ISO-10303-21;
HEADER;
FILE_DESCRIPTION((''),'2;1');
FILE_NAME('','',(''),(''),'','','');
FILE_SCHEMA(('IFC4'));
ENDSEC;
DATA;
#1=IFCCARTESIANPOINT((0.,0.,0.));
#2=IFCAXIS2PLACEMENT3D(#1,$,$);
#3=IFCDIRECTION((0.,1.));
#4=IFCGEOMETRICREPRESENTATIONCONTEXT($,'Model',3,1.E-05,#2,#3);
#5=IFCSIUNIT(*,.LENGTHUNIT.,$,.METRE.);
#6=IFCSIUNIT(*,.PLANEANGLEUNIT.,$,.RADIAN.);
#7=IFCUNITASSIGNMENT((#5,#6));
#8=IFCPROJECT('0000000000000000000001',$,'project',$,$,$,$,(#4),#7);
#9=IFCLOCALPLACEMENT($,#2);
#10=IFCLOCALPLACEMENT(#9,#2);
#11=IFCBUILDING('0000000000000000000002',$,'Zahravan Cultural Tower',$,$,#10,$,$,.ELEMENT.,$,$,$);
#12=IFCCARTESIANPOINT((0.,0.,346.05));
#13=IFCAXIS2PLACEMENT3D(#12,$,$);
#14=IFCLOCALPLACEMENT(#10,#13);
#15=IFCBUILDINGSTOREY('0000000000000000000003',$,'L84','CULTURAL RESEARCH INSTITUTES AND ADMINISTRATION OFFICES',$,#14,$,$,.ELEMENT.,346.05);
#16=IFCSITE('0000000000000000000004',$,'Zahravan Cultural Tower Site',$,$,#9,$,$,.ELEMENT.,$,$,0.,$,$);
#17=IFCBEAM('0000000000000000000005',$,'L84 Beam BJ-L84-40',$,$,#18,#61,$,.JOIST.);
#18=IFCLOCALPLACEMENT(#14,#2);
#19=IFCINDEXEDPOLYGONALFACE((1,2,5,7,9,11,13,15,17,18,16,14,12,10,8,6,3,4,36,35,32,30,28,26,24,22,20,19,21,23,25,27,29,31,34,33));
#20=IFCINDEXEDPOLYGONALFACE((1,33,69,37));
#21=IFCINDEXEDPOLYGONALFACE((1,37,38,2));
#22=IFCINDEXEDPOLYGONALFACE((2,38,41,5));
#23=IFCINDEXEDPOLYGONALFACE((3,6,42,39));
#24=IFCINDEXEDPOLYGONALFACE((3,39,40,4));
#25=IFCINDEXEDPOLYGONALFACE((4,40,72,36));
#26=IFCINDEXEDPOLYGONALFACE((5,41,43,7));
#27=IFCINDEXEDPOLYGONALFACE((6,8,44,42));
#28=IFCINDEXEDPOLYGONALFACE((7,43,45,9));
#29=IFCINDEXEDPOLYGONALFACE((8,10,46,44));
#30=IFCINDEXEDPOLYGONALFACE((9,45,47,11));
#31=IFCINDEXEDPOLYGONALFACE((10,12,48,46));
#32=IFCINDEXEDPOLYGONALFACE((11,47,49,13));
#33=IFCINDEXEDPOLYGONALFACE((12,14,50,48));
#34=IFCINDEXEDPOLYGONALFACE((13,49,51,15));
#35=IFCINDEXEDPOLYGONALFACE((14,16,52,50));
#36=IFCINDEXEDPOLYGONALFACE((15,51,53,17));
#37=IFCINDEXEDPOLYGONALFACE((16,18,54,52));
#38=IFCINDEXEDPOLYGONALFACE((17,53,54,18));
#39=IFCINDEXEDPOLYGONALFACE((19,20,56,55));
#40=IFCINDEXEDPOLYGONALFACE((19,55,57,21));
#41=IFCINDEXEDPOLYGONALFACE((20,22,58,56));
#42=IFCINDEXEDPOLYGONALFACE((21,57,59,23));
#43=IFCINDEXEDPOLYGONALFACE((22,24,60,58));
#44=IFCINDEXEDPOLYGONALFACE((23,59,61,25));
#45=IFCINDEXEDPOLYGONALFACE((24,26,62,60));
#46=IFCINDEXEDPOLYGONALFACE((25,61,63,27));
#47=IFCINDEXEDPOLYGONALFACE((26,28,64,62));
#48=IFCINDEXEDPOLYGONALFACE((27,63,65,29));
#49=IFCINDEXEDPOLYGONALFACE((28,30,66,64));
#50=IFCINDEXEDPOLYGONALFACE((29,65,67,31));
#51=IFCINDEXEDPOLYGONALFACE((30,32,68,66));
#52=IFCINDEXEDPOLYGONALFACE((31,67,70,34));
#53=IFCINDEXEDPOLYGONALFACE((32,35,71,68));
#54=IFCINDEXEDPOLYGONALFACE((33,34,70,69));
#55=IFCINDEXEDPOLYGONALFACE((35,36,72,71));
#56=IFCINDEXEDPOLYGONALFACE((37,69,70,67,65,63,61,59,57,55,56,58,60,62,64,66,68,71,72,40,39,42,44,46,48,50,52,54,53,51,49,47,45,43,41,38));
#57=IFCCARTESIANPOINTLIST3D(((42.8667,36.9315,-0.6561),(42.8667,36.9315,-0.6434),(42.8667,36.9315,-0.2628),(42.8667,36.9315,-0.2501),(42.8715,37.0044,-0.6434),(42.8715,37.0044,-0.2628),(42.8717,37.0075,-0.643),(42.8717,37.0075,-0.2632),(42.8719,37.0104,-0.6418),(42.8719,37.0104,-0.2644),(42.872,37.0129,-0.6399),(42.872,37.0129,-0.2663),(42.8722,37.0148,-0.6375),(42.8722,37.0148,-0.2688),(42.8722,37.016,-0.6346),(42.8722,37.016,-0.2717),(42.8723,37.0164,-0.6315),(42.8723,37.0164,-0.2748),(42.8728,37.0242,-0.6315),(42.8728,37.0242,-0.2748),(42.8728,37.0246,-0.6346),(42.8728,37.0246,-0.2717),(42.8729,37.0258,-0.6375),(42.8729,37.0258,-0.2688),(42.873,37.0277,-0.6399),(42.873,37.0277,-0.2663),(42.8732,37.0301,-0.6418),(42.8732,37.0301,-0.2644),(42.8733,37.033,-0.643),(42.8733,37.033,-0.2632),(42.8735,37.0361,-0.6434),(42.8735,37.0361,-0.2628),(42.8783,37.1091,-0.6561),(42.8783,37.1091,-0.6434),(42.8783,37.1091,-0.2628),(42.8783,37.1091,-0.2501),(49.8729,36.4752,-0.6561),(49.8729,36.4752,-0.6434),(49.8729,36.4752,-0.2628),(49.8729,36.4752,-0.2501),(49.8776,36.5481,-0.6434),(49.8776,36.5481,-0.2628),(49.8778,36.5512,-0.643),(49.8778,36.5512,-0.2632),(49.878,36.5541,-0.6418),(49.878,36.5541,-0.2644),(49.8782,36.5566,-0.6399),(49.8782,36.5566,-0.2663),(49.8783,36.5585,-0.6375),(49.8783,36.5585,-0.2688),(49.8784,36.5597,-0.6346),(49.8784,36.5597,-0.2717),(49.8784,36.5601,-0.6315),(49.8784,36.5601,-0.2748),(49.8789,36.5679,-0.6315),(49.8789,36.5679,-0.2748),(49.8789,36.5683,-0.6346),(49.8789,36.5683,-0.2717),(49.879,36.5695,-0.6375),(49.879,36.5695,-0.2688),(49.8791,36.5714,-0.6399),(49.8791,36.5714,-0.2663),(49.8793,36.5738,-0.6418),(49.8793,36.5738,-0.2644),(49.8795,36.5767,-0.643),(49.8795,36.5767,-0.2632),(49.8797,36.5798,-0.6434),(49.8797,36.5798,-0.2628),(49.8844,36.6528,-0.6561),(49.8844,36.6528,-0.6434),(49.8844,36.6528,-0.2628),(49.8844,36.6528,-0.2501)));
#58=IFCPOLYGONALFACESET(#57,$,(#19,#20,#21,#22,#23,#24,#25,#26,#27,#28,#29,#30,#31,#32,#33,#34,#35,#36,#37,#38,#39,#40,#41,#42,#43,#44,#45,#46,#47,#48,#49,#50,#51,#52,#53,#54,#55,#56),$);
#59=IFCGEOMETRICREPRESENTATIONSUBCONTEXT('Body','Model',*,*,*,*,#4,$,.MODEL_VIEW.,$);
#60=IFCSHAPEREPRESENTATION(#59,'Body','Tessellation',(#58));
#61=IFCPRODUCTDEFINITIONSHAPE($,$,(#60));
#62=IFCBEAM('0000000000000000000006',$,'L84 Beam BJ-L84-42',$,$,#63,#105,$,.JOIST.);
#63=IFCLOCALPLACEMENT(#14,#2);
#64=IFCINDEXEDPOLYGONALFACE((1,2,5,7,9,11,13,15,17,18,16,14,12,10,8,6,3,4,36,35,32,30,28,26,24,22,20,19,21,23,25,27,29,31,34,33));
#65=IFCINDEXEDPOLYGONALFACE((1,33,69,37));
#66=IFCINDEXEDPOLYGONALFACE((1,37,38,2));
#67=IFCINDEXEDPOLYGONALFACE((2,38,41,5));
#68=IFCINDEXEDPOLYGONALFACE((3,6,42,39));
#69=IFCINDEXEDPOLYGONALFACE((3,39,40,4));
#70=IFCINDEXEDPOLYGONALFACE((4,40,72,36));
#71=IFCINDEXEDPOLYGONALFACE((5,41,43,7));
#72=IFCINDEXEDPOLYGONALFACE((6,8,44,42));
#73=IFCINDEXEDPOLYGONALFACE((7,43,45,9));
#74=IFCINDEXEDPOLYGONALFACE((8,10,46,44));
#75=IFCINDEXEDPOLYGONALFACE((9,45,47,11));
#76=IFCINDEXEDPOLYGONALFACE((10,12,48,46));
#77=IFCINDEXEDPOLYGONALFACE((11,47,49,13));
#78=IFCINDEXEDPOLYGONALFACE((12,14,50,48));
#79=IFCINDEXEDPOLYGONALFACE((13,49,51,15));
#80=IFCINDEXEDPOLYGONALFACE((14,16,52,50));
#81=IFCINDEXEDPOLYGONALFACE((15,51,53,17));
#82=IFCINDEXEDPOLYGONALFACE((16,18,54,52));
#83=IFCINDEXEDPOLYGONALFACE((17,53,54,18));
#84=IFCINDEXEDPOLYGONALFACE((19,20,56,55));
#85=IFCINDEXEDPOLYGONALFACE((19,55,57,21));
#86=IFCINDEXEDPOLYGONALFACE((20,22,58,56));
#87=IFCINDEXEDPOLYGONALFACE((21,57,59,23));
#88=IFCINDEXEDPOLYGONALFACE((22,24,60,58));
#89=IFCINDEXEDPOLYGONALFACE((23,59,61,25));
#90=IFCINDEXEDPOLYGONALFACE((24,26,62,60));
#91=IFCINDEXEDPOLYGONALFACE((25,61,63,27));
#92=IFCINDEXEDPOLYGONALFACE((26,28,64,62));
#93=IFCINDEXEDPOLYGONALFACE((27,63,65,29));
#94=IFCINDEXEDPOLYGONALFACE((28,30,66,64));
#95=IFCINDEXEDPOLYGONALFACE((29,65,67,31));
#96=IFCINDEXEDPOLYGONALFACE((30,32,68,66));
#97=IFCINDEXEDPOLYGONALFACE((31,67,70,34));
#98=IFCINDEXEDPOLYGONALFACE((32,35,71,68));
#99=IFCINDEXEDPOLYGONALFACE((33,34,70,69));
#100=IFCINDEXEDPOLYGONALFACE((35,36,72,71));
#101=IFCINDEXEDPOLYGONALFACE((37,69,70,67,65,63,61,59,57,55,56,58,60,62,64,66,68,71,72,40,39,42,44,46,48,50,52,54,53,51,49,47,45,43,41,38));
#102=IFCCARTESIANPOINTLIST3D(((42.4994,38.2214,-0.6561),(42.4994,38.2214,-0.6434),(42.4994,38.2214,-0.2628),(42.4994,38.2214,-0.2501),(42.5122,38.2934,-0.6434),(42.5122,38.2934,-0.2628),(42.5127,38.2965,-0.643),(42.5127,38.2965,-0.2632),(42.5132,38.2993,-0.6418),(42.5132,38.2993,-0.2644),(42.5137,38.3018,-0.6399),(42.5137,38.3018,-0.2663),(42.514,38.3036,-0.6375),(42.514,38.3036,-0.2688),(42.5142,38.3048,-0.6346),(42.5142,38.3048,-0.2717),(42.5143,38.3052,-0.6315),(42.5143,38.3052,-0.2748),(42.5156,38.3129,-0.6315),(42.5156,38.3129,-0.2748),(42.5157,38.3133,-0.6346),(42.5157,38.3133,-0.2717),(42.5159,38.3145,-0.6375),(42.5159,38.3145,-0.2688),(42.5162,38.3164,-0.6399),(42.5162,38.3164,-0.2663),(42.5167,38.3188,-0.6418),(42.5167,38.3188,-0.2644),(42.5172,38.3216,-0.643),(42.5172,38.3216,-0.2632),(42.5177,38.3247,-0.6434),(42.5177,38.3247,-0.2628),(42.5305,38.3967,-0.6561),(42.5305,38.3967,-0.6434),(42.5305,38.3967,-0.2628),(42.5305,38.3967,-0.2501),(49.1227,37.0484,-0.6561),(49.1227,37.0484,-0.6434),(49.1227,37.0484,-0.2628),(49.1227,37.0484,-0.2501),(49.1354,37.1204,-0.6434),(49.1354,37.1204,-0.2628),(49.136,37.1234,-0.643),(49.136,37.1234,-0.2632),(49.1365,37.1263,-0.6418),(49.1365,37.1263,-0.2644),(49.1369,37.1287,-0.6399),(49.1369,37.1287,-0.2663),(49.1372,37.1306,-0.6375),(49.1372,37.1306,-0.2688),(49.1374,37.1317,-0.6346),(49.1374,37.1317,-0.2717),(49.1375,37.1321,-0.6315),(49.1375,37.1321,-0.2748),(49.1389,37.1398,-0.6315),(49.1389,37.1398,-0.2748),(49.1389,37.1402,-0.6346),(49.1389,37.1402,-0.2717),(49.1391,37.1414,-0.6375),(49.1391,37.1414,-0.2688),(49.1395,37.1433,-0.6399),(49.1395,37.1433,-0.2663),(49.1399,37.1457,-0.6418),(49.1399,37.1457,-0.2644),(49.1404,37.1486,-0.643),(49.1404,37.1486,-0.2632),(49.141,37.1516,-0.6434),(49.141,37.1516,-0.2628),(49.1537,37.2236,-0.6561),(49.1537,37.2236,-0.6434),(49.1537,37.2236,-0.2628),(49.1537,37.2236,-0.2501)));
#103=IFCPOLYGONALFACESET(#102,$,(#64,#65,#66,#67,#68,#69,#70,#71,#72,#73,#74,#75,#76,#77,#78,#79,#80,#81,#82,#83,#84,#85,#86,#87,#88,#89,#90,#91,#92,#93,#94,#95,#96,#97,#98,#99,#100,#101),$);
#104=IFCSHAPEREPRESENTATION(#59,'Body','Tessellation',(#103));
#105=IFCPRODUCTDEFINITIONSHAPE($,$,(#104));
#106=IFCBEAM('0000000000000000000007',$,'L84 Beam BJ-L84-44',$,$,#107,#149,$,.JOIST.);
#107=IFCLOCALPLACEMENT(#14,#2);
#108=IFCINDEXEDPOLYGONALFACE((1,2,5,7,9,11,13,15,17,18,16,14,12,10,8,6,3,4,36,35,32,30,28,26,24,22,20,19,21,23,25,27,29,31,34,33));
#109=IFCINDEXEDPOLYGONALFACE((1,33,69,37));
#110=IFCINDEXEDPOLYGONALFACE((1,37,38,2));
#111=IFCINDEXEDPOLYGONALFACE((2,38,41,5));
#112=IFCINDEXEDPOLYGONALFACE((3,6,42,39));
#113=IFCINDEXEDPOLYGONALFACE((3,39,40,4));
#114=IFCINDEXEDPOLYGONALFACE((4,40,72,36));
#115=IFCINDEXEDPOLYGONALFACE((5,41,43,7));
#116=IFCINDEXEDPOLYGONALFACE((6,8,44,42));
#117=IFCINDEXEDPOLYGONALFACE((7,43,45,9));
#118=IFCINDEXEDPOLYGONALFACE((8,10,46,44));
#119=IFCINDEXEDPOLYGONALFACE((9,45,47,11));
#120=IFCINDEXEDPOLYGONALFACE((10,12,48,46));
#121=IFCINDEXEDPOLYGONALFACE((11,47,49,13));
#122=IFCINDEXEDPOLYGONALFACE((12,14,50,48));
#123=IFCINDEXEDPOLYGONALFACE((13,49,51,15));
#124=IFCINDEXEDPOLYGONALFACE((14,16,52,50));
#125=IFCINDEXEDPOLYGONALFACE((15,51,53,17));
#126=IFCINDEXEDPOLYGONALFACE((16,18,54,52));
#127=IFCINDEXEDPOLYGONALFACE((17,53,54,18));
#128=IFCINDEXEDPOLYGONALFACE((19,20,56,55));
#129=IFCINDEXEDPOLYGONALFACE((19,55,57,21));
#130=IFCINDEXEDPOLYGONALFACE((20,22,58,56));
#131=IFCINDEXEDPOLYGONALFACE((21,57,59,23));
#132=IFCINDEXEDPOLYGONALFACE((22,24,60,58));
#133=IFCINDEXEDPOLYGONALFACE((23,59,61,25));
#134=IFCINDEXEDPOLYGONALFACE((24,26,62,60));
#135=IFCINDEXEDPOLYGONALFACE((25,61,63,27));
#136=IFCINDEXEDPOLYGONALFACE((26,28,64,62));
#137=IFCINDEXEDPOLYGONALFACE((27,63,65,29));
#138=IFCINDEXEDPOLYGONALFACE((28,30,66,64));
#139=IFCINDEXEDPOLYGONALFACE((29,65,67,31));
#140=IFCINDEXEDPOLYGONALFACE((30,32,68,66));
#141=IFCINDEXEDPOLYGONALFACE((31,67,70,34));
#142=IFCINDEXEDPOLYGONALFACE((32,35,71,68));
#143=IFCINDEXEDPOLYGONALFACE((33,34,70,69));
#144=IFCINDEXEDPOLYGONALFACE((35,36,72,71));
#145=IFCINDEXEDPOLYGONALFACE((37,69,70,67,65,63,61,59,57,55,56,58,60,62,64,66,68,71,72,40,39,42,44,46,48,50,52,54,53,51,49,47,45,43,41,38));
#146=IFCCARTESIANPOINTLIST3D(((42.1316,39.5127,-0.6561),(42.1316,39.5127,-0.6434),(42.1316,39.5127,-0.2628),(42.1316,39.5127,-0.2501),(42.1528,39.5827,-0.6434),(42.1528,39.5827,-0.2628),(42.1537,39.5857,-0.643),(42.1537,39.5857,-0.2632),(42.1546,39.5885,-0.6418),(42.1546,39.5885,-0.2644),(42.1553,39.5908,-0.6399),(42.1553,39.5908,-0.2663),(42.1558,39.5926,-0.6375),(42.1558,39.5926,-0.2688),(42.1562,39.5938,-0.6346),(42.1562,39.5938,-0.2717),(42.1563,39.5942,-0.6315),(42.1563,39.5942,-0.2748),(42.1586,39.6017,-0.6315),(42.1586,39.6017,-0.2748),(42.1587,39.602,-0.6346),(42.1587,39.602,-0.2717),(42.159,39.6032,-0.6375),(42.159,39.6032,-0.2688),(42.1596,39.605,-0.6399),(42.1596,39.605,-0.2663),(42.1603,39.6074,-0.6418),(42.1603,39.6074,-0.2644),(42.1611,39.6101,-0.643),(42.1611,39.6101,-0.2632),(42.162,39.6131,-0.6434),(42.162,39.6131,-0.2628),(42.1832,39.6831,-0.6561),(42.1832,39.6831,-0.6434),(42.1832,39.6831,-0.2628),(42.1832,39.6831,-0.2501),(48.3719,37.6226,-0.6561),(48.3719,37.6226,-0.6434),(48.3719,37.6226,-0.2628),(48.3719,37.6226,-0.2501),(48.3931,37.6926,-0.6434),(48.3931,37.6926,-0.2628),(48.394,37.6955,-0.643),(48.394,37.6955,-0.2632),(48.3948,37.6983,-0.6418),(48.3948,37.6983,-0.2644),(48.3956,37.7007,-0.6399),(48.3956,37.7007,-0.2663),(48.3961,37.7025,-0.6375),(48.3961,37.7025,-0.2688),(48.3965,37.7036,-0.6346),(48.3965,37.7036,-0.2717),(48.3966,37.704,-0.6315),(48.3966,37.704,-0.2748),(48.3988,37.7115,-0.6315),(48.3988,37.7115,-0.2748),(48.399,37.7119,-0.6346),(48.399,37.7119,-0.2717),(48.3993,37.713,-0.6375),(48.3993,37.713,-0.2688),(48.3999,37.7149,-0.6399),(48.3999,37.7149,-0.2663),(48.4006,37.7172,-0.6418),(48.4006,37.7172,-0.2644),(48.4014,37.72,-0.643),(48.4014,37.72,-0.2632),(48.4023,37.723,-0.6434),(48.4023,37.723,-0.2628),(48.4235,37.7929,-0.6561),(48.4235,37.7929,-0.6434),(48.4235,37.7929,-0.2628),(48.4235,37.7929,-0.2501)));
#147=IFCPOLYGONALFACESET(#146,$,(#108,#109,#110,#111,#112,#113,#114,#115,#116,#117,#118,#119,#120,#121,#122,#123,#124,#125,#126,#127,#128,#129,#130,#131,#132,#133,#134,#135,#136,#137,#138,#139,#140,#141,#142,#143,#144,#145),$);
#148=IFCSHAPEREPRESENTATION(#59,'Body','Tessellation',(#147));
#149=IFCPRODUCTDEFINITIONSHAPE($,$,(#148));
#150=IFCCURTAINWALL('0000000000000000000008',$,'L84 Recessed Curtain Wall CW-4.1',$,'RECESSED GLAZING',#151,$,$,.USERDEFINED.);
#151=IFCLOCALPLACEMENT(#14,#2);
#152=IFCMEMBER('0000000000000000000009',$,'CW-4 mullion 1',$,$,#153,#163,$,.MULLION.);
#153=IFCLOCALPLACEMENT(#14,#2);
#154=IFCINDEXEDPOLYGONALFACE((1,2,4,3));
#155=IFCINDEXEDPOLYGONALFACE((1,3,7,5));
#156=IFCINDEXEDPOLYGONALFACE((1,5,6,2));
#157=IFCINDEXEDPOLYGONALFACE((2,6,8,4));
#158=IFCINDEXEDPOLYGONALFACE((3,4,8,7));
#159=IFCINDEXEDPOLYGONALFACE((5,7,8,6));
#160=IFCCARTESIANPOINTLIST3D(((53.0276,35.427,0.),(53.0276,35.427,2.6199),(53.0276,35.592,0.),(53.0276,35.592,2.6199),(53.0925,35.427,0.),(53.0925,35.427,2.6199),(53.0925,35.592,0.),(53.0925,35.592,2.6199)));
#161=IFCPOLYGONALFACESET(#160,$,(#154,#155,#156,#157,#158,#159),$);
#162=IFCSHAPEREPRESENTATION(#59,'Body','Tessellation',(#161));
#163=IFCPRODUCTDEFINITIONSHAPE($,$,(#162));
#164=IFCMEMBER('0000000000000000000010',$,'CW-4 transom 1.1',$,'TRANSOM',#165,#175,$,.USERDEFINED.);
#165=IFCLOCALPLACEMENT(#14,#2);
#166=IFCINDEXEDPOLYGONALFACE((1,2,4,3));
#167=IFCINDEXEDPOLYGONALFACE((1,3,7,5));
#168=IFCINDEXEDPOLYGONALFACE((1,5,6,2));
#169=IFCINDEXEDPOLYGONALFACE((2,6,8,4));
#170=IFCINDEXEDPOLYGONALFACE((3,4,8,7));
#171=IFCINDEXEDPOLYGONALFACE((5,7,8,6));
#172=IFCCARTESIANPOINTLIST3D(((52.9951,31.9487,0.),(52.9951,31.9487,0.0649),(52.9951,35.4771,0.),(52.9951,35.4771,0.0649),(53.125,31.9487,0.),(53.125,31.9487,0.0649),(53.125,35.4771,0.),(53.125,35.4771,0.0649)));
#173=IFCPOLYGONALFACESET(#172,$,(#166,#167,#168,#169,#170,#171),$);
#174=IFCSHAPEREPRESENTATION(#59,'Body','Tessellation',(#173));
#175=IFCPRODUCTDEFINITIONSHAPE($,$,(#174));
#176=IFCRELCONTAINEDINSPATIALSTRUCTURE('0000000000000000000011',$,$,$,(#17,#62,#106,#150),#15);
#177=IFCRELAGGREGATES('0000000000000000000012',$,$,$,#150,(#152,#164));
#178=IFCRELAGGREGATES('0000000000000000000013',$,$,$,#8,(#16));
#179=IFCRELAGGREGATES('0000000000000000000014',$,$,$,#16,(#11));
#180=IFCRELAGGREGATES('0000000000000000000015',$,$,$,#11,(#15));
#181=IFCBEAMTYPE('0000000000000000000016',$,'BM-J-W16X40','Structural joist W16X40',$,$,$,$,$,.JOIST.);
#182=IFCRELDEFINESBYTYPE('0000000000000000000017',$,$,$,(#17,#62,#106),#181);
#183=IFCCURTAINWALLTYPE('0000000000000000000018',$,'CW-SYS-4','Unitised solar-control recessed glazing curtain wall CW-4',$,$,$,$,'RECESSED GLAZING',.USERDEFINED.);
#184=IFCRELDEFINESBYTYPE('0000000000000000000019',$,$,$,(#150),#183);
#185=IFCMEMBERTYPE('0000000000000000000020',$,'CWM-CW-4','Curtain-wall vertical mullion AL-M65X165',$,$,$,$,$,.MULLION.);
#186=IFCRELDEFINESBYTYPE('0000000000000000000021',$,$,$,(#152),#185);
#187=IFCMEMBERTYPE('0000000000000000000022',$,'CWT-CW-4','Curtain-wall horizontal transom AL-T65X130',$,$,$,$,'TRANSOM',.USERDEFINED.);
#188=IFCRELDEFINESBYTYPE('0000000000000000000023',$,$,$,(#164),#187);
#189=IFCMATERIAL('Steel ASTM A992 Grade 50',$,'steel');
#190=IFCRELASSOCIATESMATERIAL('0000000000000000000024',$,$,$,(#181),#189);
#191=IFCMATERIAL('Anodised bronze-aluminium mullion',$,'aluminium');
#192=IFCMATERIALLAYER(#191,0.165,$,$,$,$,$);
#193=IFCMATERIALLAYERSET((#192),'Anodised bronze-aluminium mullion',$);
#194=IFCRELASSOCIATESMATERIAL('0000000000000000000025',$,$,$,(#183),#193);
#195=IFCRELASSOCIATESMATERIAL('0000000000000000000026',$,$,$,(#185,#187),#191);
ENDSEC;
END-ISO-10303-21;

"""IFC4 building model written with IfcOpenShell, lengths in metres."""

from ifc_helpers import new_model, si_unit, direction, frame, origin, origin_2d, place, context, subcontext, project, spatial, rectangle, i_section, extrude, source, transform, mapped, material, layer, layer_set, material_profile, profile_set, type_object, element, aggregate, save


model = new_model("IFC4")

# Units and contexts
model_context = context("Model", 3, precision=1e-05, world=origin(), true_north=direction((0.0, 1.0)))
body_context = subcontext(model_context, "Body", "Model", "MODEL_VIEW")
ifc_project = project(units=[si_unit("LENGTHUNIT", "METRE"), si_unit("PLANEANGLEUNIT", "RADIAN")], contexts=[model_context])

# Site, building, storey
site_placement = place(None, origin())
site = spatial("IfcSite", under=ifc_project, at=site_placement, Name="Zahravan Cultural Tower Site", CompositionType="ELEMENT", RefElevation=0.0)
building_placement = place(site_placement, origin())
building = spatial("IfcBuilding", under=site, at=building_placement, Name="Zahravan Cultural Tower", CompositionType="ELEMENT")
storey_placement = place(building_placement, frame((0.0, 0.0, 346.05)))
storey = spatial("IfcBuildingStorey", under=building, at=storey_placement, Name="L84", Description="CULTURAL RESEARCH INSTITUTES AND ADMINISTRATION OFFICES", CompositionType="ELEMENT", Elevation=346.05)

# Shared definitions
ifc_material_1 = material(Name="Steel ASTM A992 Grade 50", Category="steel")

# Beams
ifc_material_profile_1 = material_profile(ifc_material_1, i_section(OverallWidth=0.178, OverallDepth=0.406, WebThickness=0.0078, FlangeThickness=0.0127, FilletRadius=0.012, at=origin_2d()), Name="W16X40")
ifc_profile_set_1 = profile_set([ifc_material_profile_1], Name="Steel ASTM A992 Grade 50")
beam_type_1 = type_object("IfcBeamType", Name="BM-J-W16X40", Description="Structural joist W16X40", PredefinedType="JOIST", material=ifc_profile_set_1)
shared_shape_1 = source(origin(), body_context, "Body", "SweptSolid", [
    extrude(i_section(OverallWidth=0.178, OverallDepth=0.406, WebThickness=0.0078, FlangeThickness=0.0127, FilletRadius=0.012, at=origin_2d()), origin(), (0.0, 0.0, 1.0), 7.021),
])
beam_1_placement = place(storey_placement, frame((49.8787, 36.564, -0.4531), z_axis=(-0.997886, 0.064991, 0.0), x_axis=(-0.064991, -0.997886, 0.0)))
element("IfcBeam", 1, at=beam_1_placement, inside=storey, type_object=beam_type_1, Name="L84 Beam BJ-L84-40", PredefinedType="JOIST", context=body_context, shape_type="MappedRepresentation", body=[
    mapped(shared_shape_1, transform((0.0, 0.0, 0.0), x_axis=(1.0, 0.0, 0.0), y_axis=(0.0, 1.0, 0.0), z_axis=(0.0, 0.0, 1.0), scale=1.0)),
])
shared_shape_2 = source(origin(), body_context, "Body", "SweptSolid", [
    extrude(i_section(OverallWidth=0.178, OverallDepth=0.406, WebThickness=0.0078, FlangeThickness=0.0127, FilletRadius=0.012, at=origin_2d()), origin(), (0.0, 0.0, 1.0), 6.7263),
])
beam_2_placement = place(storey_placement, frame((49.1382, 37.136, -0.4531), z_axis=(-0.984674, 0.174402, 0.0), x_axis=(-0.174402, -0.984674, 0.0)))
element("IfcBeam", 2, at=beam_2_placement, inside=storey, type_object=beam_type_1, Name="L84 Beam BJ-L84-42", PredefinedType="JOIST", context=body_context, shape_type="MappedRepresentation", body=[
    mapped(shared_shape_2, transform((0.0, 0.0, 0.0), x_axis=(1.0, 0.0, 0.0), y_axis=(0.0, 1.0, 0.0), z_axis=(0.0, 0.0, 1.0), scale=1.0)),
])
shared_shape_3 = source(origin(), body_context, "Body", "SweptSolid", [
    extrude(i_section(OverallWidth=0.178, OverallDepth=0.406, WebThickness=0.0078, FlangeThickness=0.0127, FilletRadius=0.012, at=origin_2d()), origin(), (0.0, 0.0, 1.0), 6.5203),
])
beam_3_placement = place(storey_placement, frame((48.3977, 37.7078, -0.4531), z_axis=(-0.95706, 0.289889, 0.0), x_axis=(-0.289889, -0.95706, 0.0)))
element("IfcBeam", 3, at=beam_3_placement, inside=storey, type_object=beam_type_1, Name="L84 Beam BJ-L84-44", PredefinedType="JOIST", context=body_context, shape_type="MappedRepresentation", body=[
    mapped(shared_shape_3, transform((0.0, 0.0, 0.0), x_axis=(1.0, 0.0, 0.0), y_axis=(0.0, 1.0, 0.0), z_axis=(0.0, 0.0, 1.0), scale=1.0)),
])

# Curtain wall, members
ifc_material_2 = material(Name="Anodised bronze-aluminium mullion", Category="aluminium")
ifc_layer_1 = layer(ifc_material_2, 0.165)
ifc_layer_set_1 = layer_set([ifc_layer_1], Name="Anodised bronze-aluminium mullion")
curtain_wall_type = type_object("IfcCurtainWallType", Name="CW-SYS-4", Description="Unitised solar-control recessed glazing curtain wall CW-4", ElementType="RECESSED GLAZING", PredefinedType="USERDEFINED", material=ifc_layer_set_1)
curtain_wall_placement = place(storey_placement, origin())
curtain_wall = element("IfcCurtainWall", 4, at=curtain_wall_placement, inside=storey, type_object=curtain_wall_type, Name="L84 Recessed Curtain Wall CW-4.1", ObjectType="RECESSED GLAZING", PredefinedType="USERDEFINED")
ifc_material_profile_2 = material_profile(ifc_material_2, rectangle(XDim=0.0649, YDim=0.165, at=origin_2d()), Name="AL-M65X165")
ifc_profile_set_2 = profile_set([ifc_material_profile_2], Name="Anodised bronze-aluminium mullion")
member_type_1 = type_object("IfcMemberType", Name="CWM-CW-4", Description="Curtain-wall vertical mullion AL-M65X165", PredefinedType="MULLION", material=ifc_profile_set_2)
shared_shape_4 = source(origin(), body_context, "Body", "SweptSolid", [
    extrude(rectangle(XDim=0.0649, YDim=0.165, at=origin_2d()), origin(), (0.0, 0.0, 1.0), 2.6199),
])
member_1_placement = place(storey_placement, frame((53.0601, 35.5095, 0.0), z_axis=(0.0, 0.0, 1.0), x_axis=(1.0, 0.0, 0.0)))
member_1 = element("IfcMember", 5, at=member_1_placement, type_object=member_type_1, Name="CW-4 mullion 1", PredefinedType="MULLION", context=body_context, shape_type="MappedRepresentation", body=[
    mapped(shared_shape_4, transform((0.0, 0.0, 0.0), x_axis=(1.0, 0.0, 0.0), y_axis=(0.0, 1.0, 0.0), z_axis=(0.0, 0.0, 1.0), scale=1.0)),
])
ifc_material_profile_3 = material_profile(ifc_material_2, rectangle(XDim=0.1299, YDim=0.0649, at=origin_2d()), Name="AL-T65X130")
ifc_profile_set_3 = profile_set([ifc_material_profile_3], Name="Anodised bronze-aluminium mullion")
member_type_2 = type_object("IfcMemberType", Name="CWT-CW-4", Description="Curtain-wall horizontal transom AL-T65X130", ElementType="TRANSOM", PredefinedType="USERDEFINED", material=ifc_profile_set_3)
shared_shape_5 = source(origin(), body_context, "Body", "SweptSolid", [
    extrude(rectangle(XDim=0.1299, YDim=0.0649, at=origin_2d()), origin(), (0.0, 0.0, 1.0), 3.5283),
])
member_2_placement = place(storey_placement, frame((53.0601, 35.4771, 0.0325), z_axis=(0.0, -1.0, 0.0), x_axis=(1.0, 0.0, 0.0)))
member_2 = element("IfcMember", 6, at=member_2_placement, type_object=member_type_2, Name="CW-4 transom 1.1", ObjectType="TRANSOM", PredefinedType="USERDEFINED", context=body_context, shape_type="MappedRepresentation", body=[
    mapped(shared_shape_5, transform((0.0, 0.0, 0.0), x_axis=(1.0, 0.0, 0.0), y_axis=(0.0, 1.0, 0.0), z_axis=(0.0, 0.0, 1.0), scale=1.0)),
])
aggregate(curtain_wall, [member_1, member_2])

save(model, "model.ifc")
